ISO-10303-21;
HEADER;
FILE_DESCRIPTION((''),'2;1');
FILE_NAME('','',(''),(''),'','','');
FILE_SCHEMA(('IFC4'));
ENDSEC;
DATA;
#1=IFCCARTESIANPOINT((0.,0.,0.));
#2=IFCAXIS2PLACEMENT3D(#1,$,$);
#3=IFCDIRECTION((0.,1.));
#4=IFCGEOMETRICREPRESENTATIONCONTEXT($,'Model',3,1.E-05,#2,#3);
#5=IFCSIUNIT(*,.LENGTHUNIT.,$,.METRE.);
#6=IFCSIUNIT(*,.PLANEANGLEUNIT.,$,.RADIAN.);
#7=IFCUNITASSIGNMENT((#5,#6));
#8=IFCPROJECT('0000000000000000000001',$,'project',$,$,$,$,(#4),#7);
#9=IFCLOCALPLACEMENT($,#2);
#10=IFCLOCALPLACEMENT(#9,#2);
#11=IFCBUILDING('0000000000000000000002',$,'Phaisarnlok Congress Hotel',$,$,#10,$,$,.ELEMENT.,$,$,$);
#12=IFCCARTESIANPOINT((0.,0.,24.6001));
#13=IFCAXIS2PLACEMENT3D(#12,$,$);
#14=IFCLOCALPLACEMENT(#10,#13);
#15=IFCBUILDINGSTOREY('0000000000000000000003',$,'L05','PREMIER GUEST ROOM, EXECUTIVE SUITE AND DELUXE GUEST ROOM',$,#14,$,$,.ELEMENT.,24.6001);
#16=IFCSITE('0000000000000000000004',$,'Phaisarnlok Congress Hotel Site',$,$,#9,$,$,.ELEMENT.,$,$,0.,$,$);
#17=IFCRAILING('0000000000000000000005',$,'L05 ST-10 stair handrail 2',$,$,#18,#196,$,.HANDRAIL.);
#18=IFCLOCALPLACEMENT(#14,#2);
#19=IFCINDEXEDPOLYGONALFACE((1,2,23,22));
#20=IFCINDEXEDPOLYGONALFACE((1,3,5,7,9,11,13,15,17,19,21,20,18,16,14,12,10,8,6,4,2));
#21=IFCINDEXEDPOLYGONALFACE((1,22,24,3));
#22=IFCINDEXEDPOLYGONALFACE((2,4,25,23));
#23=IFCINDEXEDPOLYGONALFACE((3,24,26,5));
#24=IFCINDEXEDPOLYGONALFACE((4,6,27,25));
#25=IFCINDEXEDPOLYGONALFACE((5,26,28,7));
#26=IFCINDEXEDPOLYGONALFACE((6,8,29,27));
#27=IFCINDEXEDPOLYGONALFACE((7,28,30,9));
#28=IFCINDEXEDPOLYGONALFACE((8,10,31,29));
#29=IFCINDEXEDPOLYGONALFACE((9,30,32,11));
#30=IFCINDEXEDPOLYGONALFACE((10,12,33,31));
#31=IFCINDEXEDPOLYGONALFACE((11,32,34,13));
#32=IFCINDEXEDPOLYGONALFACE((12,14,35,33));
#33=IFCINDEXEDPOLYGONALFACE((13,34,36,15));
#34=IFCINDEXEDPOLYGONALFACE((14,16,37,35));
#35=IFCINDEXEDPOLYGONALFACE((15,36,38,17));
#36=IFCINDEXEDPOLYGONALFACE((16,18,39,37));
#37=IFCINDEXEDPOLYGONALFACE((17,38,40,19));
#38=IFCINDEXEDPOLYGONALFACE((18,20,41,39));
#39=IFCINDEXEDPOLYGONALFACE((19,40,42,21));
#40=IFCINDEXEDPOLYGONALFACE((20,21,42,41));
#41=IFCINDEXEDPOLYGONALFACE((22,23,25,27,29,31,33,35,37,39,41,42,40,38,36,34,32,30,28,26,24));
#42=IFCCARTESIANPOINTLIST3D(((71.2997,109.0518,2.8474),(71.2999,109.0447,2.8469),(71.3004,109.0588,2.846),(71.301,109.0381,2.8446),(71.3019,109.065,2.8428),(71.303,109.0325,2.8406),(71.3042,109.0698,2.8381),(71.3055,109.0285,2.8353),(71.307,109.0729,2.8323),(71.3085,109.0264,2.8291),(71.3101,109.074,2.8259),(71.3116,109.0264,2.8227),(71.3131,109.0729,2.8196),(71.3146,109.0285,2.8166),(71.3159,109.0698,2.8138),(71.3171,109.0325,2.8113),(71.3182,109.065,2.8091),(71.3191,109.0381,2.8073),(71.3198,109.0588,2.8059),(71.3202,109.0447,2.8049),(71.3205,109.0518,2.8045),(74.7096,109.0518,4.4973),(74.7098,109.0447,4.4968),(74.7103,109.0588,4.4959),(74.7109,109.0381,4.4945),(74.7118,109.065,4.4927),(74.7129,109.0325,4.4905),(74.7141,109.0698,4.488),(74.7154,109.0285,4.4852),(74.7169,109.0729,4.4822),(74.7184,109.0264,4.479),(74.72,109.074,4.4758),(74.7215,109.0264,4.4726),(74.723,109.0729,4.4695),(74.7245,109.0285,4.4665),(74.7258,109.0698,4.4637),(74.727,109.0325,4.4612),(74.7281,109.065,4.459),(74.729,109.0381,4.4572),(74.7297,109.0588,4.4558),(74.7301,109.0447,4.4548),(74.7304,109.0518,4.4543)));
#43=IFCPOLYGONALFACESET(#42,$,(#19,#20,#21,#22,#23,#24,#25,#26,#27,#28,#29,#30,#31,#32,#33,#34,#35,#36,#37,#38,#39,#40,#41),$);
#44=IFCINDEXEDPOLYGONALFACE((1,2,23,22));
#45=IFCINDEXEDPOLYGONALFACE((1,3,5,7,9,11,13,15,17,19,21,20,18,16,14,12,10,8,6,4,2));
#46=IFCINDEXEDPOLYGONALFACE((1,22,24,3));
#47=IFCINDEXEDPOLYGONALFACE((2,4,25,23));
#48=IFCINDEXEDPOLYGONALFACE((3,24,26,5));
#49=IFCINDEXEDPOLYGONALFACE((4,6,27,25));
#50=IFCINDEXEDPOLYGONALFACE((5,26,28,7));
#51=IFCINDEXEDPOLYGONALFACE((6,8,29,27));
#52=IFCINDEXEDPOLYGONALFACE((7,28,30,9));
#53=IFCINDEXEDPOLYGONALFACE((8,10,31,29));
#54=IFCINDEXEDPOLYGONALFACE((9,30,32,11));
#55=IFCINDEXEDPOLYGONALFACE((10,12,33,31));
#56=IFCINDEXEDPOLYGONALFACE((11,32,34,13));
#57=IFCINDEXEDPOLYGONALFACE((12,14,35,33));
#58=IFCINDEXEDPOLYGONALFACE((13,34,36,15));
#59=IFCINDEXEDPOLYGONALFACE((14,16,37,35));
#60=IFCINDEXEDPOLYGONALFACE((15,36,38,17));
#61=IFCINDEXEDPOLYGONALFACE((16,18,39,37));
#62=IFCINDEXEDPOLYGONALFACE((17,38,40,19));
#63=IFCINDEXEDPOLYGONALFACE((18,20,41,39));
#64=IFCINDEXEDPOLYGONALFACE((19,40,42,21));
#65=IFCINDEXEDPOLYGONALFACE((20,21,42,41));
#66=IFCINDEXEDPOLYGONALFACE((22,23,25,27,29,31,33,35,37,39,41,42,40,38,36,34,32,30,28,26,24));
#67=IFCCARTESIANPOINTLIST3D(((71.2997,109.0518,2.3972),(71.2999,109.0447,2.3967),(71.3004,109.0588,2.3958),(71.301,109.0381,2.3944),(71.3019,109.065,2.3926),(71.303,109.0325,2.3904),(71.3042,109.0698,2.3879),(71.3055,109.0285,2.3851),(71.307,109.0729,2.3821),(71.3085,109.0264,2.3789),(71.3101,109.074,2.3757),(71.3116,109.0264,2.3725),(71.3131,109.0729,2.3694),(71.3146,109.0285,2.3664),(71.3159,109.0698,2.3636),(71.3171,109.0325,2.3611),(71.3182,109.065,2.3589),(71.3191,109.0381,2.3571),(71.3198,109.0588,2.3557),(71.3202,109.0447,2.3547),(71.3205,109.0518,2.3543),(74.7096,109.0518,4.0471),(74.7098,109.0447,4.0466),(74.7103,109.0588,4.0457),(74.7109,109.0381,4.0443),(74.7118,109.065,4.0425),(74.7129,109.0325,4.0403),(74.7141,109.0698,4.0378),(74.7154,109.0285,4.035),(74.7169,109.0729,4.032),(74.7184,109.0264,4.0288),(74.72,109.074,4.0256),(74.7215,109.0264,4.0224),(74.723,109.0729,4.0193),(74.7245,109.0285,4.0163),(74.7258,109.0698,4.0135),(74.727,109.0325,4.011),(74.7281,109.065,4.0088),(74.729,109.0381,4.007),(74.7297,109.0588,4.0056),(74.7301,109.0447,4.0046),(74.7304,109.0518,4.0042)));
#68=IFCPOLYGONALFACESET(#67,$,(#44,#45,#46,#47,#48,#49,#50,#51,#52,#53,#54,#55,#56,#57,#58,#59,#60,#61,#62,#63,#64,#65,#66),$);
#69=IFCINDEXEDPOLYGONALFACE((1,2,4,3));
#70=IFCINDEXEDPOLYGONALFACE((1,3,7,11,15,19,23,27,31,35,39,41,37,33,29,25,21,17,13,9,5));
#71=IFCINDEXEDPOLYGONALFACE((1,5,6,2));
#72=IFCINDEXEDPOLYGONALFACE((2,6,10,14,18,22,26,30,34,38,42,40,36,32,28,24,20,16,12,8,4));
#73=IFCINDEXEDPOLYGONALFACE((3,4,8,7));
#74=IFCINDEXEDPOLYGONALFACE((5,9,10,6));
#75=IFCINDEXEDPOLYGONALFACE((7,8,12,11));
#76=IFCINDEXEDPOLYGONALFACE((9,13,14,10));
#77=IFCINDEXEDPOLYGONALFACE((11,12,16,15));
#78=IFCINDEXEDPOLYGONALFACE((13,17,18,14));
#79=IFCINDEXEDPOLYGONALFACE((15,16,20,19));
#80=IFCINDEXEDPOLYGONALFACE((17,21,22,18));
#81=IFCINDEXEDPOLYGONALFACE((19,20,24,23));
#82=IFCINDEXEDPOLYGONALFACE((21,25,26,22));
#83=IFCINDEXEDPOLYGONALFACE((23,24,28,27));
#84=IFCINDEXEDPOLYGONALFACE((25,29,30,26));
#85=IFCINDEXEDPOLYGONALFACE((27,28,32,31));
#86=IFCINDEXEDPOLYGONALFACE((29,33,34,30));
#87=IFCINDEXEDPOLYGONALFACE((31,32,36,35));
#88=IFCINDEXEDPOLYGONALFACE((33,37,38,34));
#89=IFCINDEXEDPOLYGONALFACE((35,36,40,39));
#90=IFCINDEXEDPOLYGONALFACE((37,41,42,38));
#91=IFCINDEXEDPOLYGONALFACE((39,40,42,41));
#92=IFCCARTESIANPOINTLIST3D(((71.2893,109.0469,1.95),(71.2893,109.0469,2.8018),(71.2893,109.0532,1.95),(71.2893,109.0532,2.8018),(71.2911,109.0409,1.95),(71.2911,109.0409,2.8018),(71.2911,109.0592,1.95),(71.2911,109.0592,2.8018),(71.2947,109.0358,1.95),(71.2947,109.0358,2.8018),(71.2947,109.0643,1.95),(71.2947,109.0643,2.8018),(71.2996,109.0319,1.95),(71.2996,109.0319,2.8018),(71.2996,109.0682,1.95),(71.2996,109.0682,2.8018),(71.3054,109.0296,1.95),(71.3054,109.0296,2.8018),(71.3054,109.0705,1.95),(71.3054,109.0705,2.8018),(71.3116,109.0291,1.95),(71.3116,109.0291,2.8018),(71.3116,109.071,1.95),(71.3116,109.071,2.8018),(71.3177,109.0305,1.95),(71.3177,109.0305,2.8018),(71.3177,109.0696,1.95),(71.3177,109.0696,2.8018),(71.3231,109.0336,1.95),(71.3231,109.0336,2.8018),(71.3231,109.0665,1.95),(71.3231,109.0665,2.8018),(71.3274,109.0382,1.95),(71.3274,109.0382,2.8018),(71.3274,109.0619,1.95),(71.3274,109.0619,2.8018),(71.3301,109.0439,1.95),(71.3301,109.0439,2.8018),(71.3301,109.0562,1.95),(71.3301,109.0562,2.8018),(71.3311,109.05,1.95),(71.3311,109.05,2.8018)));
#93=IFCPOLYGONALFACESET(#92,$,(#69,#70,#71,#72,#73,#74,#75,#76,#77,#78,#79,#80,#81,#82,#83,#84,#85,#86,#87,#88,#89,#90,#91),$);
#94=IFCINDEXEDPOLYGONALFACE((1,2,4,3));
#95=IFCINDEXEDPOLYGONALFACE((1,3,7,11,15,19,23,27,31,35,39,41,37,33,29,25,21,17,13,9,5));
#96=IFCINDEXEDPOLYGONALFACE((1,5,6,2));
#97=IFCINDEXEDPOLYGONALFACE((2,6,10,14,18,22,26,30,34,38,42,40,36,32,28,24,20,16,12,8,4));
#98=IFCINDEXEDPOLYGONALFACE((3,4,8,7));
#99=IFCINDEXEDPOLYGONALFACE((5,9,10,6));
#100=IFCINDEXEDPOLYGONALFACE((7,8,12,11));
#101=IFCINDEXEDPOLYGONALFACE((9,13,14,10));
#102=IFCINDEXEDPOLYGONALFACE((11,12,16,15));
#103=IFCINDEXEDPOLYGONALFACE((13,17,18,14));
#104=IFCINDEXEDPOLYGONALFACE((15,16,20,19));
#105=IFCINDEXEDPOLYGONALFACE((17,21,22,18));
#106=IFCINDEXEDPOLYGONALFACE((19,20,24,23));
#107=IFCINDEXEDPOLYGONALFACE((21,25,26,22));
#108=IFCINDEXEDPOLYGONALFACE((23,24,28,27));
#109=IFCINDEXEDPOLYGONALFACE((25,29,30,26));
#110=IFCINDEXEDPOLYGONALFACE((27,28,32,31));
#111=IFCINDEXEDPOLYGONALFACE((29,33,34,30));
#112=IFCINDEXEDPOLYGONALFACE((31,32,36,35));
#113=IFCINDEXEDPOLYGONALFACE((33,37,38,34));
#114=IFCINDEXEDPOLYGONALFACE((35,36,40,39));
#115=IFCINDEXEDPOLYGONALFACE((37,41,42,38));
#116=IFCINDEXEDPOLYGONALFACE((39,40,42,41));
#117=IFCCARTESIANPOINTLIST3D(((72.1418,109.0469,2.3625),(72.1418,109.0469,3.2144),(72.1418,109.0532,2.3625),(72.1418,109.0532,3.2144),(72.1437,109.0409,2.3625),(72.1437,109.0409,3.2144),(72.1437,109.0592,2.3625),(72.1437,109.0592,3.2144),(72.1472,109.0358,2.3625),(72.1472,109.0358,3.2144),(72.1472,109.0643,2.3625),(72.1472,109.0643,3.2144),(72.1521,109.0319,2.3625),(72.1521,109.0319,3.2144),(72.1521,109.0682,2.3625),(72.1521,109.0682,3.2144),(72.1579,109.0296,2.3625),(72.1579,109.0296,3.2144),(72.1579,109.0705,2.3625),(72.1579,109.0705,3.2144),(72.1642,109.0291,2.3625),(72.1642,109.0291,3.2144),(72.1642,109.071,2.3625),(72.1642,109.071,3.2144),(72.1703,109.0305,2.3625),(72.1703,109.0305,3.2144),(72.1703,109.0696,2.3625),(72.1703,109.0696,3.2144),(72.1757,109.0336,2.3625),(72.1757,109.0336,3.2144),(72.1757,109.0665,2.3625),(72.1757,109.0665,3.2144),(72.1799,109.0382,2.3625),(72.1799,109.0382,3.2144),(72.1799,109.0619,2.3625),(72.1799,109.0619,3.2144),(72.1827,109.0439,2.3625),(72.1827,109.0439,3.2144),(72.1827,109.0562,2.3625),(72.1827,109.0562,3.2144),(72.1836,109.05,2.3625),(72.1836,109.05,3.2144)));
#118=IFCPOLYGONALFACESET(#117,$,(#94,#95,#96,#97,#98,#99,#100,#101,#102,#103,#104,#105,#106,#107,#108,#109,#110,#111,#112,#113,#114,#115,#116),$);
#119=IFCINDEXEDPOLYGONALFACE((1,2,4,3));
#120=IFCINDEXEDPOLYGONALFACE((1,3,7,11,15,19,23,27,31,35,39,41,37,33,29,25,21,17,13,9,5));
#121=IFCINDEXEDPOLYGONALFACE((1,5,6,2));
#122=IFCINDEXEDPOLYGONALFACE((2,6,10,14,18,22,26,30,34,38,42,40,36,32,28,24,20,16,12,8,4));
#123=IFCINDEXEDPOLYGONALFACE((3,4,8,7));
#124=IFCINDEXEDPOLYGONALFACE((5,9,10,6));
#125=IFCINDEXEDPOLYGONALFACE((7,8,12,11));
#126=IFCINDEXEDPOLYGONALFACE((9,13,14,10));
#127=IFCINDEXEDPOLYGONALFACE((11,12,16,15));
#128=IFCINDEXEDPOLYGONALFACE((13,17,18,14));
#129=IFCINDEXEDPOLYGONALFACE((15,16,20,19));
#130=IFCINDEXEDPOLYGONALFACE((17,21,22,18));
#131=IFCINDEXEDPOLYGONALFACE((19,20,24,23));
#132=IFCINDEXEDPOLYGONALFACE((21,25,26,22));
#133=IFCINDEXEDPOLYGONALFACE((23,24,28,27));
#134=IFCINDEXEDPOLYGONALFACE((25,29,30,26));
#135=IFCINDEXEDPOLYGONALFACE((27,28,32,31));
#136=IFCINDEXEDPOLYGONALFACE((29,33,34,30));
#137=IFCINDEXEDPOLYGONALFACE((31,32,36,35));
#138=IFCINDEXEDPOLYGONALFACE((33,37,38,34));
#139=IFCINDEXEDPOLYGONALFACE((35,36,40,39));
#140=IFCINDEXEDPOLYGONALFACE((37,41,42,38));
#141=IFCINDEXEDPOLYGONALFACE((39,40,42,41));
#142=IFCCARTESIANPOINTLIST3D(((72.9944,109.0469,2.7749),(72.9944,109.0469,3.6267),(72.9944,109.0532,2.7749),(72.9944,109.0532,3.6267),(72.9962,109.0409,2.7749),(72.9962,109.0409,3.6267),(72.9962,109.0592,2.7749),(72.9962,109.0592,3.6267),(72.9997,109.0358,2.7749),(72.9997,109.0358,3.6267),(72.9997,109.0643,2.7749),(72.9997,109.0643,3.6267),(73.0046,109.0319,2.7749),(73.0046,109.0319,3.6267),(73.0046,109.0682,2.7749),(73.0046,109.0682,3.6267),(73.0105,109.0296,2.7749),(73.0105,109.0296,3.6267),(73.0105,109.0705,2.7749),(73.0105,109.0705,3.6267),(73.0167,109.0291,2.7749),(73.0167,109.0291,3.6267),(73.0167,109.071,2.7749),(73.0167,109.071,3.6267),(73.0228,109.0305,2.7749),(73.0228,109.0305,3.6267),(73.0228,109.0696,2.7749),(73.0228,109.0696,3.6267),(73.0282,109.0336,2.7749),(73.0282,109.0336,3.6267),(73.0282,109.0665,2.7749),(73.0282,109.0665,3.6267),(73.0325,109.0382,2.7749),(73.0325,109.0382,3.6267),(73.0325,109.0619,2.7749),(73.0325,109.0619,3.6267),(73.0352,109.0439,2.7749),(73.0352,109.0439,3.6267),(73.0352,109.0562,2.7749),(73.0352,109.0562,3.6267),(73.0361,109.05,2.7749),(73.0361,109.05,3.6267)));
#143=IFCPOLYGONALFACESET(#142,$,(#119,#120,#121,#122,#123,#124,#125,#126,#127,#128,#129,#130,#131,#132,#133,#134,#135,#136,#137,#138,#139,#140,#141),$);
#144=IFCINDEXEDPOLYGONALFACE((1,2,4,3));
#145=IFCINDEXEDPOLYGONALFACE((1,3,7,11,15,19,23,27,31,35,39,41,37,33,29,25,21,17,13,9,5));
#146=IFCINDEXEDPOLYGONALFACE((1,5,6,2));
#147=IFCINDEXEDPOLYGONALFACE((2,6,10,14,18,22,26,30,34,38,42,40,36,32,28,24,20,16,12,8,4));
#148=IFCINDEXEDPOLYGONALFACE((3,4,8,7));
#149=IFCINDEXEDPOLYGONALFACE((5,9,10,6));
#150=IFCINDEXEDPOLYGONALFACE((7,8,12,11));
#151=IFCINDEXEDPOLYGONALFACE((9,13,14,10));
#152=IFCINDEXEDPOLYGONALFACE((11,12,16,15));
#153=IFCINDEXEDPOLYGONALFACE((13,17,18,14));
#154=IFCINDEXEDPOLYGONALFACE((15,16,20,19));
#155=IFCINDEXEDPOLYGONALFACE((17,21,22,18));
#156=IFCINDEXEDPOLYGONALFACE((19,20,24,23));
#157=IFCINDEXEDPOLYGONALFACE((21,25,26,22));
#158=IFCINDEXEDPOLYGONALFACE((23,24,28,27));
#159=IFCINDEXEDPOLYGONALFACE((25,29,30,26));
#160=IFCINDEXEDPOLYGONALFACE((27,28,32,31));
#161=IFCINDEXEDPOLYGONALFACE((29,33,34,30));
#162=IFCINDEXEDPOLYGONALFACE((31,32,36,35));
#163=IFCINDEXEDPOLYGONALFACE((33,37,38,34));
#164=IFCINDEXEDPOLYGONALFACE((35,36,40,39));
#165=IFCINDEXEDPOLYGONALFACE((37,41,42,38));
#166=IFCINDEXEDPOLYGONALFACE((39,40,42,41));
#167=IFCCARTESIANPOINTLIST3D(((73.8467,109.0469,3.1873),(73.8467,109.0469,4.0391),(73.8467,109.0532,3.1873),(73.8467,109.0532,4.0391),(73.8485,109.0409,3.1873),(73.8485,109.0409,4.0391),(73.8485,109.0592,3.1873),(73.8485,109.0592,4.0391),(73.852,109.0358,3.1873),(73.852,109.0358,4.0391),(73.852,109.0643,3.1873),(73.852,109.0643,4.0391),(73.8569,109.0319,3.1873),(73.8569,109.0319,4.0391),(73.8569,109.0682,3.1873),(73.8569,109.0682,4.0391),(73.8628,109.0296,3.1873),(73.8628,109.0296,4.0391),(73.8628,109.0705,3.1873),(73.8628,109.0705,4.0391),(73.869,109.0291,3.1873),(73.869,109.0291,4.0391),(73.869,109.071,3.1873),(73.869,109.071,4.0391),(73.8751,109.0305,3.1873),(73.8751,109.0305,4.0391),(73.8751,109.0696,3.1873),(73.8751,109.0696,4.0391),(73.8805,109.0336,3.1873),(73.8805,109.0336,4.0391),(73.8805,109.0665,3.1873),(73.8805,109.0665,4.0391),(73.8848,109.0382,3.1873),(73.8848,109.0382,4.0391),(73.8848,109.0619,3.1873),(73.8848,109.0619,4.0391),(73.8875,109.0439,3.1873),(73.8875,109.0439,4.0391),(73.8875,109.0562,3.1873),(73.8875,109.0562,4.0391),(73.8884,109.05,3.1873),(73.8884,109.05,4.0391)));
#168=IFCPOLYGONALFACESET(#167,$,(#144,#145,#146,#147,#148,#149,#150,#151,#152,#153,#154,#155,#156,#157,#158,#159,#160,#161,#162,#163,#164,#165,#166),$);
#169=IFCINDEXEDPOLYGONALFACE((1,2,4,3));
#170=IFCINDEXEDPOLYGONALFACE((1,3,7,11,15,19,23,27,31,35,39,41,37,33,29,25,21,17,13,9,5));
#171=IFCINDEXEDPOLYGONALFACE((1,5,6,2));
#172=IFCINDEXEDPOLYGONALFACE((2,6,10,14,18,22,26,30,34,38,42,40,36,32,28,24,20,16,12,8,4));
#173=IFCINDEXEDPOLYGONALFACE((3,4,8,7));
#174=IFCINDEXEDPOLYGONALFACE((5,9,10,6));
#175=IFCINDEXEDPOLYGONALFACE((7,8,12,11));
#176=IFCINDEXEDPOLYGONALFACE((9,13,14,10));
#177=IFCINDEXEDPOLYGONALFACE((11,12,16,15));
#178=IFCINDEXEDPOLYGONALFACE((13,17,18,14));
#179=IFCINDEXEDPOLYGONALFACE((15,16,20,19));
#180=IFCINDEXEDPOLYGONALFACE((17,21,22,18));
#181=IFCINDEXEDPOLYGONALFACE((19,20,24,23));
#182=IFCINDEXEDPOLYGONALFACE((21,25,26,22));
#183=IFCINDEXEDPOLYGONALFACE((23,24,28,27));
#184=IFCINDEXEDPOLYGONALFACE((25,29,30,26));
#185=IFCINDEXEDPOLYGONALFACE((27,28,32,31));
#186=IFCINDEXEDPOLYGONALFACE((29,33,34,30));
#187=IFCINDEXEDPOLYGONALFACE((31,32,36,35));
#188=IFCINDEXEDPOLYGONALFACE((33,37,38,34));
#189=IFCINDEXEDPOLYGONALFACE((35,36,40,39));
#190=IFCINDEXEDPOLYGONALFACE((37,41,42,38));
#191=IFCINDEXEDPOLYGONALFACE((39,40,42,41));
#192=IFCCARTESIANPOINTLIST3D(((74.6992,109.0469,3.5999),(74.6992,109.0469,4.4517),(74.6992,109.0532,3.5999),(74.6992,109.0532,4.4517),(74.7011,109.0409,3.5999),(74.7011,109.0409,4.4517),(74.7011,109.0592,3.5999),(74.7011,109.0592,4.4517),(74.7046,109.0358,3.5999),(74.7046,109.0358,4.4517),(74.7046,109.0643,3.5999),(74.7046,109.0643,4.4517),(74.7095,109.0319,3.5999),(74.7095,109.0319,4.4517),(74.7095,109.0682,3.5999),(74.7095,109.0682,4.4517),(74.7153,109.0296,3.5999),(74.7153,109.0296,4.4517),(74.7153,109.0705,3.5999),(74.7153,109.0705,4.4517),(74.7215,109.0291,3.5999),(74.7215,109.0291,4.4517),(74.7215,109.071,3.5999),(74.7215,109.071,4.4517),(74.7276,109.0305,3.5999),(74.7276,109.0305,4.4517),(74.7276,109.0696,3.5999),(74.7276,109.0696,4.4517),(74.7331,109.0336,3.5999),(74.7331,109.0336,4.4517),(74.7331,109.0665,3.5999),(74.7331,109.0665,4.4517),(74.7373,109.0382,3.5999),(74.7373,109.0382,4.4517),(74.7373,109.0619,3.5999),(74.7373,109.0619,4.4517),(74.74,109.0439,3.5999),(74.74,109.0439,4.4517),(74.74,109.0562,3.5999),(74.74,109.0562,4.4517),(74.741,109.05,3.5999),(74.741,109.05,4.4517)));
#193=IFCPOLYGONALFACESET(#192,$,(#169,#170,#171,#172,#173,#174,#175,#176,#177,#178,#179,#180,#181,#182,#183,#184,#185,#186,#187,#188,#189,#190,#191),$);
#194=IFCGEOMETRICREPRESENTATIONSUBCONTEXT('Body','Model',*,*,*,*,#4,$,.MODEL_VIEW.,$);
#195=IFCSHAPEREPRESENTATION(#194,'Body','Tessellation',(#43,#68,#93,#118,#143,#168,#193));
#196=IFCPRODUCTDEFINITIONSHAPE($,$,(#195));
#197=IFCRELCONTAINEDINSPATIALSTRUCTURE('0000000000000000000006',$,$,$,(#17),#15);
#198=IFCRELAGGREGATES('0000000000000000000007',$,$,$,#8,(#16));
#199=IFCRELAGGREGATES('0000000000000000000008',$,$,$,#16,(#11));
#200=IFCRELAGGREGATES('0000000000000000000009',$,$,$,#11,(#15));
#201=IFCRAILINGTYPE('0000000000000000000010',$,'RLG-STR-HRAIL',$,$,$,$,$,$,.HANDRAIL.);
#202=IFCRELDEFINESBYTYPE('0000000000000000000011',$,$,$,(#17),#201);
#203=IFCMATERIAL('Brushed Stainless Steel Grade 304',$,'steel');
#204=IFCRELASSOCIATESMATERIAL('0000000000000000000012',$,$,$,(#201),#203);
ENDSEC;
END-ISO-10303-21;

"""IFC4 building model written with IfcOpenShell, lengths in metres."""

from ifc_helpers import new_model, si_unit, direction, frame, origin, origin_2d, place, context, subcontext, project, spatial, circle, extrude, material, type_object, element, save


model = new_model("IFC4")

# Units and contexts
model_context = context("Model", 3, precision=1e-05, world=origin(), true_north=direction((0.0, 1.0)))
body_context = subcontext(model_context, "Body", "Model", "MODEL_VIEW")
ifc_project = project(units=[si_unit("LENGTHUNIT", "METRE"), si_unit("PLANEANGLEUNIT", "RADIAN")], contexts=[model_context])

# Site, building, storey
site_placement = place(None, origin())
site = spatial("IfcSite", under=ifc_project, at=site_placement, Name="Phaisarnlok Congress Hotel Site", CompositionType="ELEMENT", RefElevation=0.0)
building_placement = place(site_placement, origin())
building = spatial("IfcBuilding", under=site, at=building_placement, Name="Phaisarnlok Congress Hotel", CompositionType="ELEMENT")
storey_placement = place(building_placement, frame((0.0, 0.0, 24.6001)))
storey = spatial("IfcBuildingStorey", under=building, at=storey_placement, Name="L05", Description="PREMIER GUEST ROOM, EXECUTIVE SUITE AND DELUXE GUEST ROOM", CompositionType="ELEMENT", Elevation=24.6001)

# Railing
ifc_material_1 = material(Name="Brushed Stainless Steel Grade 304", Category="steel")
railing_type_1 = type_object("IfcRailingType", Name="RLG-STR-HRAIL", PredefinedType="HANDRAIL", material=ifc_material_1)
railing_1_placement = place(storey_placement, frame((71.3101, 109.05, 1.95)))
element("IfcRailing", 1, at=railing_1_placement, inside=storey, type_object=railing_type_1, Name="L05 ST-10 stair handrail 2", PredefinedType="HANDRAIL", context=body_context, shape_type="SweptSolid", body=[
    extrude(circle(Radius=0.0239, at=origin_2d()), frame((0.0, 0.0, 0.876), z_axis=(0.900165, 0.0, 0.435549), x_axis=(0.0, 1.0, 0.0)), (0.0, 0.0, 1.0), 3.7881),
    extrude(circle(Radius=0.0239, at=origin_2d()), frame((0.0, 0.0, 0.4258), z_axis=(0.900165, 0.0, 0.435549), x_axis=(0.0, 1.0, 0.0)), (0.0, 0.0, 1.0), 3.7881),
    extrude(circle(Radius=0.021, at=origin_2d()), origin(), (0.0, 0.0, 1.0), 0.8518),
    extrude(circle(Radius=0.021, at=origin_2d()), frame((0.8525, 0.0, 0.4126)), (0.0, 0.0, 1.0), 0.8518),
    extrude(circle(Radius=0.021, at=origin_2d()), frame((1.7051, 0.0, 0.825)), (0.0, 0.0, 1.0), 0.8518),
    extrude(circle(Radius=0.021, at=origin_2d()), frame((2.5574, 0.0, 1.2373)), (0.0, 0.0, 1.0), 0.8518),
    extrude(circle(Radius=0.021, at=origin_2d()), frame((3.4099, 0.0, 1.6499)), (0.0, 0.0, 1.0), 0.8518),
])

save(model, "model.ifc")
